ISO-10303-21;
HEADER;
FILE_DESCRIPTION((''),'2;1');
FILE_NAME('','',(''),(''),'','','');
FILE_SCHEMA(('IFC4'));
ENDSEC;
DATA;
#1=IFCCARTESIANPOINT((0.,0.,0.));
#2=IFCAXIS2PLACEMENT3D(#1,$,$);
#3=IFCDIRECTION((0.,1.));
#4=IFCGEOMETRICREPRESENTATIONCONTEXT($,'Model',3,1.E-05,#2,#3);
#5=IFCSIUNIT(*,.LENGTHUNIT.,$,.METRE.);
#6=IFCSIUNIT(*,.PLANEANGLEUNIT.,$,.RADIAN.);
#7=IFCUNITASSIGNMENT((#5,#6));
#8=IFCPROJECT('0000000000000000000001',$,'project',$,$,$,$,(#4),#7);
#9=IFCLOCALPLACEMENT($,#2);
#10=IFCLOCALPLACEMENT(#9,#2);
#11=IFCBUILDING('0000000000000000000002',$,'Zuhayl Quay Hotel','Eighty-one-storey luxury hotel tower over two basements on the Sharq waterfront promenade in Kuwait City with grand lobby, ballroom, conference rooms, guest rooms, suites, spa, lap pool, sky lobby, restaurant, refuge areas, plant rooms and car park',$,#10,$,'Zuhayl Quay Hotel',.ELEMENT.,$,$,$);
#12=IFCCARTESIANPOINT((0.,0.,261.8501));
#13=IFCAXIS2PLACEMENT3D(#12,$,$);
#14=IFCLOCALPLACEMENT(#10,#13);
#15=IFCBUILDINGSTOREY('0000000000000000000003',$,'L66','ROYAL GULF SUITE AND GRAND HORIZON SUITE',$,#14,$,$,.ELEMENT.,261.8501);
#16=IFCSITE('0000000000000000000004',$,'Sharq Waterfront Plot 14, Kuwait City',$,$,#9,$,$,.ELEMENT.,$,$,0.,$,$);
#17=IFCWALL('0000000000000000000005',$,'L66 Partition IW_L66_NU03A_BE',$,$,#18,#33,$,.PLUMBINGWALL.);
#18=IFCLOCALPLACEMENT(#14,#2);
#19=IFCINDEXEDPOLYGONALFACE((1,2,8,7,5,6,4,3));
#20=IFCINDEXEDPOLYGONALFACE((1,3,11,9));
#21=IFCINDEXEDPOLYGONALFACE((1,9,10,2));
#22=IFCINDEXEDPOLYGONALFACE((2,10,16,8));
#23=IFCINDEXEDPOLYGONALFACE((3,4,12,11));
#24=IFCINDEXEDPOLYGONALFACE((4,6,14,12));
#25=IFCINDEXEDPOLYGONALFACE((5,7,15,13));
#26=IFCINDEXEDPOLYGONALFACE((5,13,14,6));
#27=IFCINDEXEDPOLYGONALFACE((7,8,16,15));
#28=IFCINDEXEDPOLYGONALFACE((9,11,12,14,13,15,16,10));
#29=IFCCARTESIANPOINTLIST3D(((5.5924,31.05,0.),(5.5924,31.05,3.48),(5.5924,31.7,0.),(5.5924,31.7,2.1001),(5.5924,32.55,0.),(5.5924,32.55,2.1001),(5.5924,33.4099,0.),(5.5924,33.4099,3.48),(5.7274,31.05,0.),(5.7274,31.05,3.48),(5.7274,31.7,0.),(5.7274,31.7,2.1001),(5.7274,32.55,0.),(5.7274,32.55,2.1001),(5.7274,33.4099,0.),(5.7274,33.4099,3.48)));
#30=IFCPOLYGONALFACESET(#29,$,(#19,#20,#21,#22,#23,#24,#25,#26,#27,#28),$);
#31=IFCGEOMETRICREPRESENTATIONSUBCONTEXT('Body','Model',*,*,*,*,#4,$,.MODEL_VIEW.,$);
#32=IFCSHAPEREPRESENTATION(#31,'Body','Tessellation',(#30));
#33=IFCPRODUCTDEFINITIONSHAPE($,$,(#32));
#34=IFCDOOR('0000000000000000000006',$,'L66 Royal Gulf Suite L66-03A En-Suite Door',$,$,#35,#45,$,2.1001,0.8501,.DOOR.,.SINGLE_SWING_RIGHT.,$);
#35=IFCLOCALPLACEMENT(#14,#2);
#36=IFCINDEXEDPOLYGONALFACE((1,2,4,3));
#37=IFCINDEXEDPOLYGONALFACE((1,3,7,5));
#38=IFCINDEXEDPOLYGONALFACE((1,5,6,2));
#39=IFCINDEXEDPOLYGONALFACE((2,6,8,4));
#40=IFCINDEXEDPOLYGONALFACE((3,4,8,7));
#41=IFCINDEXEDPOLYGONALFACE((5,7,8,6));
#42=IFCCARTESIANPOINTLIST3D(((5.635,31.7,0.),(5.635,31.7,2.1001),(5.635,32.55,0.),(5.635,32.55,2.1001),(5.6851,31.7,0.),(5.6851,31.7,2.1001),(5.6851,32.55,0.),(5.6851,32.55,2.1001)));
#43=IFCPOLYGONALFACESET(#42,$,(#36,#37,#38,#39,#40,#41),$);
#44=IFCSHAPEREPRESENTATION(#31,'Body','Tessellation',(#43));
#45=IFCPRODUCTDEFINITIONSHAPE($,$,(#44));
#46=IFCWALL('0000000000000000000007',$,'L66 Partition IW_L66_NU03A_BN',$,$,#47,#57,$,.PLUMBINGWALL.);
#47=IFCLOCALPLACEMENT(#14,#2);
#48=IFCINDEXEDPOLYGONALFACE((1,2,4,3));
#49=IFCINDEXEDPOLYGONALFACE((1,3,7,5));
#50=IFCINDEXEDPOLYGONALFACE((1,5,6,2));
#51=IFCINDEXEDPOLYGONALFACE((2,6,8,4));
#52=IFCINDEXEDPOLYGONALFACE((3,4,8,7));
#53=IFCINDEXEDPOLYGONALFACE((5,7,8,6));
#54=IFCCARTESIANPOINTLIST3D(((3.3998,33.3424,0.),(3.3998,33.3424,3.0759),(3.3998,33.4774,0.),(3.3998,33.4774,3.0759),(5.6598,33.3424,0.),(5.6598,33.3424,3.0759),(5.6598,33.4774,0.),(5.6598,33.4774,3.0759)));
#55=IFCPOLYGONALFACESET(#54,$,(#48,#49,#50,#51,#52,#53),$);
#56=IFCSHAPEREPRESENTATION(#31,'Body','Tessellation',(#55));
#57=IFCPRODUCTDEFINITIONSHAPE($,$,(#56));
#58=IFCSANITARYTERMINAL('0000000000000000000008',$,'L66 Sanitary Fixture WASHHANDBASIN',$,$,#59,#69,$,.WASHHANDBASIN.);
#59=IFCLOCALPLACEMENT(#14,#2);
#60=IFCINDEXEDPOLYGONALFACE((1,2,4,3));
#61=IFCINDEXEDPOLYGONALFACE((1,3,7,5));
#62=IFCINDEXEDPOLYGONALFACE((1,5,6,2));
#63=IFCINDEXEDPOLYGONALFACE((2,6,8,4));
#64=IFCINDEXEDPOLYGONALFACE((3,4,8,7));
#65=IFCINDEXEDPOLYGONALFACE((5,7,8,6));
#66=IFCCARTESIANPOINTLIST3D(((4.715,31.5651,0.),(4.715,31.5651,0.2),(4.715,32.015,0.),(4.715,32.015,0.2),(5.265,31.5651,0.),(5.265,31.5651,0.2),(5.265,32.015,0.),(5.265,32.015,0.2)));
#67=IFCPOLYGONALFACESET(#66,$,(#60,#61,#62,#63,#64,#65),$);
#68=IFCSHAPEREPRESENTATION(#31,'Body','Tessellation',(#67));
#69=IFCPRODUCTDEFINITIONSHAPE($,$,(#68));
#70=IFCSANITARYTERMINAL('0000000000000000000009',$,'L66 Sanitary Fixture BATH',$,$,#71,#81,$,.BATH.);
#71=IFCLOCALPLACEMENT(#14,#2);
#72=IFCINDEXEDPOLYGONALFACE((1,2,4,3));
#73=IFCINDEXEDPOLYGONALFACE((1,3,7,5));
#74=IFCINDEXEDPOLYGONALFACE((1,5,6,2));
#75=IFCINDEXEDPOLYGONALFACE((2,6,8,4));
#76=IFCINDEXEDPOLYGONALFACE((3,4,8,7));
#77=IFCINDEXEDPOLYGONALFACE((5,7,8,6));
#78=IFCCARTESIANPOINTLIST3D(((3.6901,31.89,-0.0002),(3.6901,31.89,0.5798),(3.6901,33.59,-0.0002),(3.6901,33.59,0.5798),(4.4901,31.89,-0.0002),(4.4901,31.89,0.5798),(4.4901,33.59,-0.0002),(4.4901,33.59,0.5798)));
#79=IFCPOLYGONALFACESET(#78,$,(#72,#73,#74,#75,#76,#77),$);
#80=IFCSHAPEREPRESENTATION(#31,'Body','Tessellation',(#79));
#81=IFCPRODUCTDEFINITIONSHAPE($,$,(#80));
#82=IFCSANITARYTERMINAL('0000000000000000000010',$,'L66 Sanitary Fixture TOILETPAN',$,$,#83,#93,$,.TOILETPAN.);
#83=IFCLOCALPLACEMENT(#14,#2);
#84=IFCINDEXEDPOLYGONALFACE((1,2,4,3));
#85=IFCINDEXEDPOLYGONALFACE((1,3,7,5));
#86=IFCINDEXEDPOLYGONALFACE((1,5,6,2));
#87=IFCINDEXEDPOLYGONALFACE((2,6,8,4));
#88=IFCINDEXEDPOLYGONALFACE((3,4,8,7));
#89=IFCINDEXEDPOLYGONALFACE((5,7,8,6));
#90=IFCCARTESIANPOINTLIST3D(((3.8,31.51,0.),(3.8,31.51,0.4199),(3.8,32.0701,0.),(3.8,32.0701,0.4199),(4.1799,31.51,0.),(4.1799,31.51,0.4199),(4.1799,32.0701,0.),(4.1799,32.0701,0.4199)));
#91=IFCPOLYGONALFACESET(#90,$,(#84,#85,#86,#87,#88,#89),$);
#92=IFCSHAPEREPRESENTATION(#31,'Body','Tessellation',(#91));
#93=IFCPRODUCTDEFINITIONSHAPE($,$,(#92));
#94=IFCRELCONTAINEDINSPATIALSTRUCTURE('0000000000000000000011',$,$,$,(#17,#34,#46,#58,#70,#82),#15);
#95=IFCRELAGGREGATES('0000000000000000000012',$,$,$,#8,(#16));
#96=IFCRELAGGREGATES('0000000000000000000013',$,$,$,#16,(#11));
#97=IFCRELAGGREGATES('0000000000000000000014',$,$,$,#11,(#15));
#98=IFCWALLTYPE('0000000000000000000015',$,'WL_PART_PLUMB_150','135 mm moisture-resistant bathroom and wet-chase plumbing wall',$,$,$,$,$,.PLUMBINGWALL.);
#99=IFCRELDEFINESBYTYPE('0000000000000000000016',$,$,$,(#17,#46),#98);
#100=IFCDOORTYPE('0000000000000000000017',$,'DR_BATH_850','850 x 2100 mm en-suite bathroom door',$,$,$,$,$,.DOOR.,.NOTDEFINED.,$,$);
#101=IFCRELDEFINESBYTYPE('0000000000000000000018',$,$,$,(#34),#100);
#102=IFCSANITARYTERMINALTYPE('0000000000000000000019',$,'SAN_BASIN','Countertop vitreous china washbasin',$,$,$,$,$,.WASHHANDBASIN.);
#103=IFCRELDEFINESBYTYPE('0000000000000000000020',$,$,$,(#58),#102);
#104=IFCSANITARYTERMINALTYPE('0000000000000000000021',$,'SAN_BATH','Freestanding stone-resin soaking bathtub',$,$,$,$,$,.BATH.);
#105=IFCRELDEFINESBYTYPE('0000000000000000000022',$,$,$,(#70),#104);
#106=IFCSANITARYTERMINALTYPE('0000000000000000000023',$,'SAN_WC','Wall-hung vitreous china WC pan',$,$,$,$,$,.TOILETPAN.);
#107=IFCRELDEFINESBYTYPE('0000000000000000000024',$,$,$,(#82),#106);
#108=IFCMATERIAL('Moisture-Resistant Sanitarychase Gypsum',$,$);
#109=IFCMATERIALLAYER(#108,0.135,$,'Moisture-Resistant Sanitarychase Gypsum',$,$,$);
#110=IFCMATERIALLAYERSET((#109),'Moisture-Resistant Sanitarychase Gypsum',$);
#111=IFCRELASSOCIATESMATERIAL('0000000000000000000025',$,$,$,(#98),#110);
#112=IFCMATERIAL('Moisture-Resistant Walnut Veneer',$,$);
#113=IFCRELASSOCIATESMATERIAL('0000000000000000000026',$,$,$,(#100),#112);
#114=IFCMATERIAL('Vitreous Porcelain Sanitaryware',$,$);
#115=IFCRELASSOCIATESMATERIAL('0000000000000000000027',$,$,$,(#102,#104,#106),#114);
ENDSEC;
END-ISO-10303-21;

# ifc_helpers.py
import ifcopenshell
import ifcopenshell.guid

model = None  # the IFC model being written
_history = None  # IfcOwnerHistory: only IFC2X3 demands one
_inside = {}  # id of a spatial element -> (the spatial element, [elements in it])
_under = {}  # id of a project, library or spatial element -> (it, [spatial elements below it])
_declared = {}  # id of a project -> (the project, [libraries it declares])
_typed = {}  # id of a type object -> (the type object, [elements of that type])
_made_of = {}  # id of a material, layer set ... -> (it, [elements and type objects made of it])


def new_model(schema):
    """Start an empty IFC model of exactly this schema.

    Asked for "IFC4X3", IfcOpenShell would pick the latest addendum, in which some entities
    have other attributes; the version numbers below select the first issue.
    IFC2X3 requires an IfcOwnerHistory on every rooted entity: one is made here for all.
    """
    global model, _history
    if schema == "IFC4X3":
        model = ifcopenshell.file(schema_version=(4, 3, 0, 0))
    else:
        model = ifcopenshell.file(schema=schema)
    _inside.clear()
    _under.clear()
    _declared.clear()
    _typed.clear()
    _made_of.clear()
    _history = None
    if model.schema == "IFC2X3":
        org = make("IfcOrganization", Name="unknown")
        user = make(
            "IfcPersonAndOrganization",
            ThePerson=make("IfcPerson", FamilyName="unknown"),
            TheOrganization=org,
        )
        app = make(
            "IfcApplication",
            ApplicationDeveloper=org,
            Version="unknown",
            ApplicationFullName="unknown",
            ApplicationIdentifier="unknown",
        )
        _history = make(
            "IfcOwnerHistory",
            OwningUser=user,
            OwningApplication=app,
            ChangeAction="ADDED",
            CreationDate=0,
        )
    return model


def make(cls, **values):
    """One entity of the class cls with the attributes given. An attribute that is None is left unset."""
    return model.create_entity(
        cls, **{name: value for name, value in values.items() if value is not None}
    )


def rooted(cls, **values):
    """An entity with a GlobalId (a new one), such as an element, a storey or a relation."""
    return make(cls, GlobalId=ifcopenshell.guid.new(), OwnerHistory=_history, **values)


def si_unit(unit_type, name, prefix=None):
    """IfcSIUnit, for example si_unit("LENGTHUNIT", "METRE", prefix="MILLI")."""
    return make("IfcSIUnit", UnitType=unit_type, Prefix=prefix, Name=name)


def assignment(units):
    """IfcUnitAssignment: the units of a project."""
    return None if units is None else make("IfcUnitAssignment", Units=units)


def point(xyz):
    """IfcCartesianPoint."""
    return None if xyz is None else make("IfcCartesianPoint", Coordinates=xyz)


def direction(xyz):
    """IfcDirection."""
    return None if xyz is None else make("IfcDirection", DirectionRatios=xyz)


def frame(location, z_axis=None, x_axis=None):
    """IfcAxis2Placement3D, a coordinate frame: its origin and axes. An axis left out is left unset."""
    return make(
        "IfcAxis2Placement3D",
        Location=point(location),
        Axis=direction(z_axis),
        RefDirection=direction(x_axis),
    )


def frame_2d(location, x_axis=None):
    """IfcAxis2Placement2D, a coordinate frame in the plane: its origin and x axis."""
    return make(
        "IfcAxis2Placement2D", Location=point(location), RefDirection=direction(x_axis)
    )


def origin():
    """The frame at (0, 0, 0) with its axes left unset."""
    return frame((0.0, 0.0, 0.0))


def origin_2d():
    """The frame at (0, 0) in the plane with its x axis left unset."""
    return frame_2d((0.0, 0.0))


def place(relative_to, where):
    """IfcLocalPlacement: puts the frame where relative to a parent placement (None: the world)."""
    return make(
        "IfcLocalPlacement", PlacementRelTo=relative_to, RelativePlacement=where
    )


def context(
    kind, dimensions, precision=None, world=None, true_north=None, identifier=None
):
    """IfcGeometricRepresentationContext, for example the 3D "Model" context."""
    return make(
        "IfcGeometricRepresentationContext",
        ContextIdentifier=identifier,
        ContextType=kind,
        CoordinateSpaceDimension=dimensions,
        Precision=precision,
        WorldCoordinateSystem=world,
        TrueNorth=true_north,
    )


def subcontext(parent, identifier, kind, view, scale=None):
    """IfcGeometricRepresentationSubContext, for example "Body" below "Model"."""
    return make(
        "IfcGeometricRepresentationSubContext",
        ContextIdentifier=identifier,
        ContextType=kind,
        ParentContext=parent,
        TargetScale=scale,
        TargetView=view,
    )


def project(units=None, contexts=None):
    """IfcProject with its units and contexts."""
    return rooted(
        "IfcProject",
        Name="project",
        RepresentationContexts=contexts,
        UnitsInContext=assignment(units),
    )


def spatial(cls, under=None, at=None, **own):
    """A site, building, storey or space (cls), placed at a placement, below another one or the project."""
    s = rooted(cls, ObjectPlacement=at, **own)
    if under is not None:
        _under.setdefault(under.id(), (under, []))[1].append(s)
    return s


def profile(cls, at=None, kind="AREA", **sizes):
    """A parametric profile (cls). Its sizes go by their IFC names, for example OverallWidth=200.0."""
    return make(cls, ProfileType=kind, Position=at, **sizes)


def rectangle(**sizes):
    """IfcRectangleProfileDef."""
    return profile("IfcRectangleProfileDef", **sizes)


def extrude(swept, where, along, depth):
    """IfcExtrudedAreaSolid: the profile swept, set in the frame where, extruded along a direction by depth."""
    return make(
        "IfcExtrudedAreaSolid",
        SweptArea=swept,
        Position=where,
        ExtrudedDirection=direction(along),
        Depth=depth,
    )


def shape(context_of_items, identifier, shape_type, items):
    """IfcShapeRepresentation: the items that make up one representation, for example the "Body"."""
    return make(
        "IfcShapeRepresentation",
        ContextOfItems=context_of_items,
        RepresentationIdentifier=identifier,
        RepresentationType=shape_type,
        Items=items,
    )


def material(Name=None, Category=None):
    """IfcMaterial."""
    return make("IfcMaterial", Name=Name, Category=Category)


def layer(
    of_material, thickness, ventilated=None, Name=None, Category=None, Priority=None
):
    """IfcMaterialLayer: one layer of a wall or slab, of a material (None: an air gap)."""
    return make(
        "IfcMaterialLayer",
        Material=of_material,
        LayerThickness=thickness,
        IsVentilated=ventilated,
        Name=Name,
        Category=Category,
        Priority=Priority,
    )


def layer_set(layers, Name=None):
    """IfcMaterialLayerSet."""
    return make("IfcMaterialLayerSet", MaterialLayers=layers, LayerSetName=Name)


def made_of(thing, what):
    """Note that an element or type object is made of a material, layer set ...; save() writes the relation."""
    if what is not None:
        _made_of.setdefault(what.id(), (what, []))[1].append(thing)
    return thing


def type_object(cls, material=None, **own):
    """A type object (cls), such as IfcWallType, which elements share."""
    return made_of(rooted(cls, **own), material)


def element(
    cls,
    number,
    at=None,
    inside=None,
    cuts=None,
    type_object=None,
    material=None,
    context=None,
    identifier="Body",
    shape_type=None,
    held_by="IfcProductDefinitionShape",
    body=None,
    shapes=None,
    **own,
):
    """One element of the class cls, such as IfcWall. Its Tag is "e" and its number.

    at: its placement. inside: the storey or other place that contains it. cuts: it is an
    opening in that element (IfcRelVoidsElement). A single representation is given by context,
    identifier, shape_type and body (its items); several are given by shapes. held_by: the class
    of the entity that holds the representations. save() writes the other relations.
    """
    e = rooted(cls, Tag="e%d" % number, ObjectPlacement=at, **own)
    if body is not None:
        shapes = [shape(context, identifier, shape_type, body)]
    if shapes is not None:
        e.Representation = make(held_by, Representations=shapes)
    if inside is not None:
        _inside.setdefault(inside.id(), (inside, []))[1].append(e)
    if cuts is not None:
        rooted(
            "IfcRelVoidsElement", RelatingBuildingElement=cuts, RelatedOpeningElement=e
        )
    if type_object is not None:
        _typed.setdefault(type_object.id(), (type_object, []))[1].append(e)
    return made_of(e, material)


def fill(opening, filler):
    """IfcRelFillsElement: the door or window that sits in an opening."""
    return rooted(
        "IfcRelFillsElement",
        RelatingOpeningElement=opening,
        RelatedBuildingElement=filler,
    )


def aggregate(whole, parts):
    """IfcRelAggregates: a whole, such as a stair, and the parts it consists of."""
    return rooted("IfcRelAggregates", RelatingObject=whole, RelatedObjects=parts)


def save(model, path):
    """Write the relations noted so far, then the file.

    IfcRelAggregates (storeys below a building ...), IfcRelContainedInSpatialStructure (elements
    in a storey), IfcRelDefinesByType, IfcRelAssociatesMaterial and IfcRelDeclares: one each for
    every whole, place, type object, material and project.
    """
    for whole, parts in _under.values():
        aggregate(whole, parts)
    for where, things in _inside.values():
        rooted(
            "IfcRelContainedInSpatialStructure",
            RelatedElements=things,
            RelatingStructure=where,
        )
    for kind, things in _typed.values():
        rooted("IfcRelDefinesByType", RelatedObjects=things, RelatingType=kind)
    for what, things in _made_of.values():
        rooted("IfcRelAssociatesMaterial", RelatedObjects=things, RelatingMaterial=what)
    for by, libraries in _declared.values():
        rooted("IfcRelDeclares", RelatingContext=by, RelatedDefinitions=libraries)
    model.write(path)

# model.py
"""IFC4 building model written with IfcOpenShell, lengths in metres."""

from ifc_helpers import new_model, si_unit, direction, frame, frame_2d, origin, origin_2d, place, context, subcontext, project, spatial, rectangle, extrude, material, layer, layer_set, type_object, element, fill, save


model = new_model("IFC4")

# Units and contexts
model_context = context("Model", 3, precision=1e-05, world=origin(), true_north=direction((0.0, 1.0)))
body_context = subcontext(model_context, "Body", "Model", "MODEL_VIEW")
ifc_project = project(units=[si_unit("LENGTHUNIT", "METRE"), si_unit("PLANEANGLEUNIT", "RADIAN")], contexts=[model_context])

# Site, building, storey
site_placement = place(None, origin())
site = spatial("IfcSite", under=ifc_project, at=site_placement, Name="Sharq Waterfront Plot 14, Kuwait City", CompositionType="ELEMENT", RefElevation=0.0)
building_placement = place(site_placement, origin())
building = spatial("IfcBuilding", under=site, at=building_placement, Name="Zuhayl Quay Hotel", Description="Eighty-one-storey luxury hotel tower over two basements on the Sharq waterfront promenade in Kuwait City with grand lobby, ballroom, conference rooms, guest rooms, suites, spa, lap pool, sky lobby, restaurant, refuge areas, plant rooms and car park", LongName="Zuhayl Quay Hotel", CompositionType="ELEMENT")
storey_placement = place(building_placement, frame((0.0, 0.0, 261.8501)))
storey = spatial("IfcBuildingStorey", under=building, at=storey_placement, Name="L66", Description="ROYAL GULF SUITE AND GRAND HORIZON SUITE", CompositionType="ELEMENT", Elevation=261.8501)

# Wall, opening, door
ifc_material_1 = material(Name="Moisture-Resistant Sanitarychase Gypsum")
ifc_layer_1 = layer(ifc_material_1, 0.135, Name="Moisture-Resistant Sanitarychase Gypsum")
ifc_layer_set_1 = layer_set([ifc_layer_1], Name="Moisture-Resistant Sanitarychase Gypsum")
wall_type_1 = type_object("IfcWallType", Name="WL_PART_PLUMB_150", Description="135 mm moisture-resistant bathroom and wet-chase plumbing wall", PredefinedType="PLUMBINGWALL", material=ifc_layer_set_1)
wall_1_placement = place(storey_placement, frame((5.6599, 31.05, 0.0), z_axis=(0.0, 0.0, 1.0), x_axis=(0.0, 1.0, 0.0)))
wall_1 = element("IfcWall", 1, at=wall_1_placement, inside=storey, type_object=wall_type_1, Name="L66 Partition IW_L66_NU03A_BE", PredefinedType="PLUMBINGWALL", context=body_context, shape_type="SweptSolid", body=[
    extrude(rectangle(XDim=2.3599, YDim=0.135, at=frame_2d((1.1799, 0.0))), origin(), (0.0, 0.0, 1.0), 3.48),
])
opening_1_placement = place(wall_1_placement, frame((0.6499, 0.0, 0.0)))
opening_1 = element("IfcOpeningElement", 2, at=opening_1_placement, cuts=wall_1, PredefinedType="OPENING", context=body_context, shape_type="SweptSolid", body=[
    extrude(rectangle(XDim=0.8501, YDim=2.1001, at=frame_2d((0.425, 1.05))), frame((0.0, 0.0774, 0.0), z_axis=(0.0, -1.0, 0.0), x_axis=(1.0, 0.0, 0.0)), (0.0, 0.0, 1.0), 0.155),
])
ifc_material_2 = material(Name="Moisture-Resistant Walnut Veneer")
door_type_1 = type_object("IfcDoorType", Name="DR_BATH_850", Description="850 x 2100 mm en-suite bathroom door", OperationType="NOTDEFINED", PredefinedType="DOOR", material=ifc_material_2)
door_1_placement = place(opening_1_placement, origin())
door_1 = element("IfcDoor", 3, at=door_1_placement, inside=storey, type_object=door_type_1, Name="L66 Royal Gulf Suite L66-03A En-Suite Door", OperationType="SINGLE_SWING_RIGHT", OverallHeight=2.1001, OverallWidth=0.8501, PredefinedType="DOOR", context=body_context, shape_type="SweptSolid", body=[
    extrude(rectangle(XDim=0.8501, YDim=2.1001, at=frame_2d((0.425, 1.05))), frame((0.0, 0.0249, 0.0), z_axis=(0.0, -1.0, 0.0), x_axis=(1.0, 0.0, 0.0)), (0.0, 0.0, 1.0), 0.05),
])
fill(opening_1, door_1)

# Wall
wall_2_placement = place(storey_placement, frame((3.3999, 33.4099, 0.0), z_axis=(0.0, 0.0, 1.0), x_axis=(1.0, 0.0, 0.0)))
element("IfcWall", 4, at=wall_2_placement, inside=storey, type_object=wall_type_1, Name="L66 Partition IW_L66_NU03A_BN", PredefinedType="PLUMBINGWALL", context=body_context, shape_type="SweptSolid", body=[
    extrude(rectangle(XDim=2.26, YDim=0.135, at=frame_2d((1.1299, 0.0))), origin(), (0.0, 0.0, 1.0), 3.0759),
])

# Sanitary terminals
ifc_material_3 = material(Name="Vitreous Porcelain Sanitaryware")
sanitary_terminal_type_1 = type_object("IfcSanitaryTerminalType", Name="SAN_BASIN", Description="Countertop vitreous china washbasin", PredefinedType="WASHHANDBASIN", material=ifc_material_3)
sanitary_terminal_1_placement = place(storey_placement, frame((4.99, 31.79, 0.0), z_axis=(0.0, 0.0, 1.0), x_axis=(1.0, 0.0, 0.0)))
element("IfcSanitaryTerminal", 5, at=sanitary_terminal_1_placement, inside=storey, type_object=sanitary_terminal_type_1, Name="L66 Sanitary Fixture WASHHANDBASIN", PredefinedType="WASHHANDBASIN", context=body_context, shape_type="SweptSolid", body=[
    extrude(rectangle(XDim=0.55, YDim=0.45, at=origin_2d()), origin(), (0.0, 0.0, 1.0), 0.2),
])
sanitary_terminal_type_2 = type_object("IfcSanitaryTerminalType", Name="SAN_BATH", Description="Freestanding stone-resin soaking bathtub", PredefinedType="BATH", material=ifc_material_3)
sanitary_terminal_2_placement = place(storey_placement, frame((4.0901, 32.74, -0.0002), z_axis=(0.0, 0.0, 1.0), x_axis=(1.0, 0.0, 0.0)))
element("IfcSanitaryTerminal", 6, at=sanitary_terminal_2_placement, inside=storey, type_object=sanitary_terminal_type_2, Name="L66 Sanitary Fixture BATH", PredefinedType="BATH", context=body_context, shape_type="SweptSolid", body=[
    extrude(rectangle(XDim=0.8, YDim=1.7, at=origin_2d()), origin(), (0.0, 0.0, 1.0), 0.5801),
])
sanitary_terminal_type_3 = type_object("IfcSanitaryTerminalType", Name="SAN_WC", Description="Wall-hung vitreous china WC pan", PredefinedType="TOILETPAN", material=ifc_material_3)
sanitary_terminal_3_placement = place(storey_placement, frame((3.99, 31.79, 0.0), z_axis=(0.0, 0.0, 1.0), x_axis=(1.0, 0.0, 0.0)))
element("IfcSanitaryTerminal", 7, at=sanitary_terminal_3_placement, inside=storey, type_object=sanitary_terminal_type_3, Name="L66 Sanitary Fixture TOILETPAN", PredefinedType="TOILETPAN", context=body_context, shape_type="SweptSolid", body=[
    extrude(rectangle(XDim=0.3799, YDim=0.5601, at=origin_2d()), origin(), (0.0, 0.0, 1.0), 0.4199),
])

save(model, "model.ifc")
